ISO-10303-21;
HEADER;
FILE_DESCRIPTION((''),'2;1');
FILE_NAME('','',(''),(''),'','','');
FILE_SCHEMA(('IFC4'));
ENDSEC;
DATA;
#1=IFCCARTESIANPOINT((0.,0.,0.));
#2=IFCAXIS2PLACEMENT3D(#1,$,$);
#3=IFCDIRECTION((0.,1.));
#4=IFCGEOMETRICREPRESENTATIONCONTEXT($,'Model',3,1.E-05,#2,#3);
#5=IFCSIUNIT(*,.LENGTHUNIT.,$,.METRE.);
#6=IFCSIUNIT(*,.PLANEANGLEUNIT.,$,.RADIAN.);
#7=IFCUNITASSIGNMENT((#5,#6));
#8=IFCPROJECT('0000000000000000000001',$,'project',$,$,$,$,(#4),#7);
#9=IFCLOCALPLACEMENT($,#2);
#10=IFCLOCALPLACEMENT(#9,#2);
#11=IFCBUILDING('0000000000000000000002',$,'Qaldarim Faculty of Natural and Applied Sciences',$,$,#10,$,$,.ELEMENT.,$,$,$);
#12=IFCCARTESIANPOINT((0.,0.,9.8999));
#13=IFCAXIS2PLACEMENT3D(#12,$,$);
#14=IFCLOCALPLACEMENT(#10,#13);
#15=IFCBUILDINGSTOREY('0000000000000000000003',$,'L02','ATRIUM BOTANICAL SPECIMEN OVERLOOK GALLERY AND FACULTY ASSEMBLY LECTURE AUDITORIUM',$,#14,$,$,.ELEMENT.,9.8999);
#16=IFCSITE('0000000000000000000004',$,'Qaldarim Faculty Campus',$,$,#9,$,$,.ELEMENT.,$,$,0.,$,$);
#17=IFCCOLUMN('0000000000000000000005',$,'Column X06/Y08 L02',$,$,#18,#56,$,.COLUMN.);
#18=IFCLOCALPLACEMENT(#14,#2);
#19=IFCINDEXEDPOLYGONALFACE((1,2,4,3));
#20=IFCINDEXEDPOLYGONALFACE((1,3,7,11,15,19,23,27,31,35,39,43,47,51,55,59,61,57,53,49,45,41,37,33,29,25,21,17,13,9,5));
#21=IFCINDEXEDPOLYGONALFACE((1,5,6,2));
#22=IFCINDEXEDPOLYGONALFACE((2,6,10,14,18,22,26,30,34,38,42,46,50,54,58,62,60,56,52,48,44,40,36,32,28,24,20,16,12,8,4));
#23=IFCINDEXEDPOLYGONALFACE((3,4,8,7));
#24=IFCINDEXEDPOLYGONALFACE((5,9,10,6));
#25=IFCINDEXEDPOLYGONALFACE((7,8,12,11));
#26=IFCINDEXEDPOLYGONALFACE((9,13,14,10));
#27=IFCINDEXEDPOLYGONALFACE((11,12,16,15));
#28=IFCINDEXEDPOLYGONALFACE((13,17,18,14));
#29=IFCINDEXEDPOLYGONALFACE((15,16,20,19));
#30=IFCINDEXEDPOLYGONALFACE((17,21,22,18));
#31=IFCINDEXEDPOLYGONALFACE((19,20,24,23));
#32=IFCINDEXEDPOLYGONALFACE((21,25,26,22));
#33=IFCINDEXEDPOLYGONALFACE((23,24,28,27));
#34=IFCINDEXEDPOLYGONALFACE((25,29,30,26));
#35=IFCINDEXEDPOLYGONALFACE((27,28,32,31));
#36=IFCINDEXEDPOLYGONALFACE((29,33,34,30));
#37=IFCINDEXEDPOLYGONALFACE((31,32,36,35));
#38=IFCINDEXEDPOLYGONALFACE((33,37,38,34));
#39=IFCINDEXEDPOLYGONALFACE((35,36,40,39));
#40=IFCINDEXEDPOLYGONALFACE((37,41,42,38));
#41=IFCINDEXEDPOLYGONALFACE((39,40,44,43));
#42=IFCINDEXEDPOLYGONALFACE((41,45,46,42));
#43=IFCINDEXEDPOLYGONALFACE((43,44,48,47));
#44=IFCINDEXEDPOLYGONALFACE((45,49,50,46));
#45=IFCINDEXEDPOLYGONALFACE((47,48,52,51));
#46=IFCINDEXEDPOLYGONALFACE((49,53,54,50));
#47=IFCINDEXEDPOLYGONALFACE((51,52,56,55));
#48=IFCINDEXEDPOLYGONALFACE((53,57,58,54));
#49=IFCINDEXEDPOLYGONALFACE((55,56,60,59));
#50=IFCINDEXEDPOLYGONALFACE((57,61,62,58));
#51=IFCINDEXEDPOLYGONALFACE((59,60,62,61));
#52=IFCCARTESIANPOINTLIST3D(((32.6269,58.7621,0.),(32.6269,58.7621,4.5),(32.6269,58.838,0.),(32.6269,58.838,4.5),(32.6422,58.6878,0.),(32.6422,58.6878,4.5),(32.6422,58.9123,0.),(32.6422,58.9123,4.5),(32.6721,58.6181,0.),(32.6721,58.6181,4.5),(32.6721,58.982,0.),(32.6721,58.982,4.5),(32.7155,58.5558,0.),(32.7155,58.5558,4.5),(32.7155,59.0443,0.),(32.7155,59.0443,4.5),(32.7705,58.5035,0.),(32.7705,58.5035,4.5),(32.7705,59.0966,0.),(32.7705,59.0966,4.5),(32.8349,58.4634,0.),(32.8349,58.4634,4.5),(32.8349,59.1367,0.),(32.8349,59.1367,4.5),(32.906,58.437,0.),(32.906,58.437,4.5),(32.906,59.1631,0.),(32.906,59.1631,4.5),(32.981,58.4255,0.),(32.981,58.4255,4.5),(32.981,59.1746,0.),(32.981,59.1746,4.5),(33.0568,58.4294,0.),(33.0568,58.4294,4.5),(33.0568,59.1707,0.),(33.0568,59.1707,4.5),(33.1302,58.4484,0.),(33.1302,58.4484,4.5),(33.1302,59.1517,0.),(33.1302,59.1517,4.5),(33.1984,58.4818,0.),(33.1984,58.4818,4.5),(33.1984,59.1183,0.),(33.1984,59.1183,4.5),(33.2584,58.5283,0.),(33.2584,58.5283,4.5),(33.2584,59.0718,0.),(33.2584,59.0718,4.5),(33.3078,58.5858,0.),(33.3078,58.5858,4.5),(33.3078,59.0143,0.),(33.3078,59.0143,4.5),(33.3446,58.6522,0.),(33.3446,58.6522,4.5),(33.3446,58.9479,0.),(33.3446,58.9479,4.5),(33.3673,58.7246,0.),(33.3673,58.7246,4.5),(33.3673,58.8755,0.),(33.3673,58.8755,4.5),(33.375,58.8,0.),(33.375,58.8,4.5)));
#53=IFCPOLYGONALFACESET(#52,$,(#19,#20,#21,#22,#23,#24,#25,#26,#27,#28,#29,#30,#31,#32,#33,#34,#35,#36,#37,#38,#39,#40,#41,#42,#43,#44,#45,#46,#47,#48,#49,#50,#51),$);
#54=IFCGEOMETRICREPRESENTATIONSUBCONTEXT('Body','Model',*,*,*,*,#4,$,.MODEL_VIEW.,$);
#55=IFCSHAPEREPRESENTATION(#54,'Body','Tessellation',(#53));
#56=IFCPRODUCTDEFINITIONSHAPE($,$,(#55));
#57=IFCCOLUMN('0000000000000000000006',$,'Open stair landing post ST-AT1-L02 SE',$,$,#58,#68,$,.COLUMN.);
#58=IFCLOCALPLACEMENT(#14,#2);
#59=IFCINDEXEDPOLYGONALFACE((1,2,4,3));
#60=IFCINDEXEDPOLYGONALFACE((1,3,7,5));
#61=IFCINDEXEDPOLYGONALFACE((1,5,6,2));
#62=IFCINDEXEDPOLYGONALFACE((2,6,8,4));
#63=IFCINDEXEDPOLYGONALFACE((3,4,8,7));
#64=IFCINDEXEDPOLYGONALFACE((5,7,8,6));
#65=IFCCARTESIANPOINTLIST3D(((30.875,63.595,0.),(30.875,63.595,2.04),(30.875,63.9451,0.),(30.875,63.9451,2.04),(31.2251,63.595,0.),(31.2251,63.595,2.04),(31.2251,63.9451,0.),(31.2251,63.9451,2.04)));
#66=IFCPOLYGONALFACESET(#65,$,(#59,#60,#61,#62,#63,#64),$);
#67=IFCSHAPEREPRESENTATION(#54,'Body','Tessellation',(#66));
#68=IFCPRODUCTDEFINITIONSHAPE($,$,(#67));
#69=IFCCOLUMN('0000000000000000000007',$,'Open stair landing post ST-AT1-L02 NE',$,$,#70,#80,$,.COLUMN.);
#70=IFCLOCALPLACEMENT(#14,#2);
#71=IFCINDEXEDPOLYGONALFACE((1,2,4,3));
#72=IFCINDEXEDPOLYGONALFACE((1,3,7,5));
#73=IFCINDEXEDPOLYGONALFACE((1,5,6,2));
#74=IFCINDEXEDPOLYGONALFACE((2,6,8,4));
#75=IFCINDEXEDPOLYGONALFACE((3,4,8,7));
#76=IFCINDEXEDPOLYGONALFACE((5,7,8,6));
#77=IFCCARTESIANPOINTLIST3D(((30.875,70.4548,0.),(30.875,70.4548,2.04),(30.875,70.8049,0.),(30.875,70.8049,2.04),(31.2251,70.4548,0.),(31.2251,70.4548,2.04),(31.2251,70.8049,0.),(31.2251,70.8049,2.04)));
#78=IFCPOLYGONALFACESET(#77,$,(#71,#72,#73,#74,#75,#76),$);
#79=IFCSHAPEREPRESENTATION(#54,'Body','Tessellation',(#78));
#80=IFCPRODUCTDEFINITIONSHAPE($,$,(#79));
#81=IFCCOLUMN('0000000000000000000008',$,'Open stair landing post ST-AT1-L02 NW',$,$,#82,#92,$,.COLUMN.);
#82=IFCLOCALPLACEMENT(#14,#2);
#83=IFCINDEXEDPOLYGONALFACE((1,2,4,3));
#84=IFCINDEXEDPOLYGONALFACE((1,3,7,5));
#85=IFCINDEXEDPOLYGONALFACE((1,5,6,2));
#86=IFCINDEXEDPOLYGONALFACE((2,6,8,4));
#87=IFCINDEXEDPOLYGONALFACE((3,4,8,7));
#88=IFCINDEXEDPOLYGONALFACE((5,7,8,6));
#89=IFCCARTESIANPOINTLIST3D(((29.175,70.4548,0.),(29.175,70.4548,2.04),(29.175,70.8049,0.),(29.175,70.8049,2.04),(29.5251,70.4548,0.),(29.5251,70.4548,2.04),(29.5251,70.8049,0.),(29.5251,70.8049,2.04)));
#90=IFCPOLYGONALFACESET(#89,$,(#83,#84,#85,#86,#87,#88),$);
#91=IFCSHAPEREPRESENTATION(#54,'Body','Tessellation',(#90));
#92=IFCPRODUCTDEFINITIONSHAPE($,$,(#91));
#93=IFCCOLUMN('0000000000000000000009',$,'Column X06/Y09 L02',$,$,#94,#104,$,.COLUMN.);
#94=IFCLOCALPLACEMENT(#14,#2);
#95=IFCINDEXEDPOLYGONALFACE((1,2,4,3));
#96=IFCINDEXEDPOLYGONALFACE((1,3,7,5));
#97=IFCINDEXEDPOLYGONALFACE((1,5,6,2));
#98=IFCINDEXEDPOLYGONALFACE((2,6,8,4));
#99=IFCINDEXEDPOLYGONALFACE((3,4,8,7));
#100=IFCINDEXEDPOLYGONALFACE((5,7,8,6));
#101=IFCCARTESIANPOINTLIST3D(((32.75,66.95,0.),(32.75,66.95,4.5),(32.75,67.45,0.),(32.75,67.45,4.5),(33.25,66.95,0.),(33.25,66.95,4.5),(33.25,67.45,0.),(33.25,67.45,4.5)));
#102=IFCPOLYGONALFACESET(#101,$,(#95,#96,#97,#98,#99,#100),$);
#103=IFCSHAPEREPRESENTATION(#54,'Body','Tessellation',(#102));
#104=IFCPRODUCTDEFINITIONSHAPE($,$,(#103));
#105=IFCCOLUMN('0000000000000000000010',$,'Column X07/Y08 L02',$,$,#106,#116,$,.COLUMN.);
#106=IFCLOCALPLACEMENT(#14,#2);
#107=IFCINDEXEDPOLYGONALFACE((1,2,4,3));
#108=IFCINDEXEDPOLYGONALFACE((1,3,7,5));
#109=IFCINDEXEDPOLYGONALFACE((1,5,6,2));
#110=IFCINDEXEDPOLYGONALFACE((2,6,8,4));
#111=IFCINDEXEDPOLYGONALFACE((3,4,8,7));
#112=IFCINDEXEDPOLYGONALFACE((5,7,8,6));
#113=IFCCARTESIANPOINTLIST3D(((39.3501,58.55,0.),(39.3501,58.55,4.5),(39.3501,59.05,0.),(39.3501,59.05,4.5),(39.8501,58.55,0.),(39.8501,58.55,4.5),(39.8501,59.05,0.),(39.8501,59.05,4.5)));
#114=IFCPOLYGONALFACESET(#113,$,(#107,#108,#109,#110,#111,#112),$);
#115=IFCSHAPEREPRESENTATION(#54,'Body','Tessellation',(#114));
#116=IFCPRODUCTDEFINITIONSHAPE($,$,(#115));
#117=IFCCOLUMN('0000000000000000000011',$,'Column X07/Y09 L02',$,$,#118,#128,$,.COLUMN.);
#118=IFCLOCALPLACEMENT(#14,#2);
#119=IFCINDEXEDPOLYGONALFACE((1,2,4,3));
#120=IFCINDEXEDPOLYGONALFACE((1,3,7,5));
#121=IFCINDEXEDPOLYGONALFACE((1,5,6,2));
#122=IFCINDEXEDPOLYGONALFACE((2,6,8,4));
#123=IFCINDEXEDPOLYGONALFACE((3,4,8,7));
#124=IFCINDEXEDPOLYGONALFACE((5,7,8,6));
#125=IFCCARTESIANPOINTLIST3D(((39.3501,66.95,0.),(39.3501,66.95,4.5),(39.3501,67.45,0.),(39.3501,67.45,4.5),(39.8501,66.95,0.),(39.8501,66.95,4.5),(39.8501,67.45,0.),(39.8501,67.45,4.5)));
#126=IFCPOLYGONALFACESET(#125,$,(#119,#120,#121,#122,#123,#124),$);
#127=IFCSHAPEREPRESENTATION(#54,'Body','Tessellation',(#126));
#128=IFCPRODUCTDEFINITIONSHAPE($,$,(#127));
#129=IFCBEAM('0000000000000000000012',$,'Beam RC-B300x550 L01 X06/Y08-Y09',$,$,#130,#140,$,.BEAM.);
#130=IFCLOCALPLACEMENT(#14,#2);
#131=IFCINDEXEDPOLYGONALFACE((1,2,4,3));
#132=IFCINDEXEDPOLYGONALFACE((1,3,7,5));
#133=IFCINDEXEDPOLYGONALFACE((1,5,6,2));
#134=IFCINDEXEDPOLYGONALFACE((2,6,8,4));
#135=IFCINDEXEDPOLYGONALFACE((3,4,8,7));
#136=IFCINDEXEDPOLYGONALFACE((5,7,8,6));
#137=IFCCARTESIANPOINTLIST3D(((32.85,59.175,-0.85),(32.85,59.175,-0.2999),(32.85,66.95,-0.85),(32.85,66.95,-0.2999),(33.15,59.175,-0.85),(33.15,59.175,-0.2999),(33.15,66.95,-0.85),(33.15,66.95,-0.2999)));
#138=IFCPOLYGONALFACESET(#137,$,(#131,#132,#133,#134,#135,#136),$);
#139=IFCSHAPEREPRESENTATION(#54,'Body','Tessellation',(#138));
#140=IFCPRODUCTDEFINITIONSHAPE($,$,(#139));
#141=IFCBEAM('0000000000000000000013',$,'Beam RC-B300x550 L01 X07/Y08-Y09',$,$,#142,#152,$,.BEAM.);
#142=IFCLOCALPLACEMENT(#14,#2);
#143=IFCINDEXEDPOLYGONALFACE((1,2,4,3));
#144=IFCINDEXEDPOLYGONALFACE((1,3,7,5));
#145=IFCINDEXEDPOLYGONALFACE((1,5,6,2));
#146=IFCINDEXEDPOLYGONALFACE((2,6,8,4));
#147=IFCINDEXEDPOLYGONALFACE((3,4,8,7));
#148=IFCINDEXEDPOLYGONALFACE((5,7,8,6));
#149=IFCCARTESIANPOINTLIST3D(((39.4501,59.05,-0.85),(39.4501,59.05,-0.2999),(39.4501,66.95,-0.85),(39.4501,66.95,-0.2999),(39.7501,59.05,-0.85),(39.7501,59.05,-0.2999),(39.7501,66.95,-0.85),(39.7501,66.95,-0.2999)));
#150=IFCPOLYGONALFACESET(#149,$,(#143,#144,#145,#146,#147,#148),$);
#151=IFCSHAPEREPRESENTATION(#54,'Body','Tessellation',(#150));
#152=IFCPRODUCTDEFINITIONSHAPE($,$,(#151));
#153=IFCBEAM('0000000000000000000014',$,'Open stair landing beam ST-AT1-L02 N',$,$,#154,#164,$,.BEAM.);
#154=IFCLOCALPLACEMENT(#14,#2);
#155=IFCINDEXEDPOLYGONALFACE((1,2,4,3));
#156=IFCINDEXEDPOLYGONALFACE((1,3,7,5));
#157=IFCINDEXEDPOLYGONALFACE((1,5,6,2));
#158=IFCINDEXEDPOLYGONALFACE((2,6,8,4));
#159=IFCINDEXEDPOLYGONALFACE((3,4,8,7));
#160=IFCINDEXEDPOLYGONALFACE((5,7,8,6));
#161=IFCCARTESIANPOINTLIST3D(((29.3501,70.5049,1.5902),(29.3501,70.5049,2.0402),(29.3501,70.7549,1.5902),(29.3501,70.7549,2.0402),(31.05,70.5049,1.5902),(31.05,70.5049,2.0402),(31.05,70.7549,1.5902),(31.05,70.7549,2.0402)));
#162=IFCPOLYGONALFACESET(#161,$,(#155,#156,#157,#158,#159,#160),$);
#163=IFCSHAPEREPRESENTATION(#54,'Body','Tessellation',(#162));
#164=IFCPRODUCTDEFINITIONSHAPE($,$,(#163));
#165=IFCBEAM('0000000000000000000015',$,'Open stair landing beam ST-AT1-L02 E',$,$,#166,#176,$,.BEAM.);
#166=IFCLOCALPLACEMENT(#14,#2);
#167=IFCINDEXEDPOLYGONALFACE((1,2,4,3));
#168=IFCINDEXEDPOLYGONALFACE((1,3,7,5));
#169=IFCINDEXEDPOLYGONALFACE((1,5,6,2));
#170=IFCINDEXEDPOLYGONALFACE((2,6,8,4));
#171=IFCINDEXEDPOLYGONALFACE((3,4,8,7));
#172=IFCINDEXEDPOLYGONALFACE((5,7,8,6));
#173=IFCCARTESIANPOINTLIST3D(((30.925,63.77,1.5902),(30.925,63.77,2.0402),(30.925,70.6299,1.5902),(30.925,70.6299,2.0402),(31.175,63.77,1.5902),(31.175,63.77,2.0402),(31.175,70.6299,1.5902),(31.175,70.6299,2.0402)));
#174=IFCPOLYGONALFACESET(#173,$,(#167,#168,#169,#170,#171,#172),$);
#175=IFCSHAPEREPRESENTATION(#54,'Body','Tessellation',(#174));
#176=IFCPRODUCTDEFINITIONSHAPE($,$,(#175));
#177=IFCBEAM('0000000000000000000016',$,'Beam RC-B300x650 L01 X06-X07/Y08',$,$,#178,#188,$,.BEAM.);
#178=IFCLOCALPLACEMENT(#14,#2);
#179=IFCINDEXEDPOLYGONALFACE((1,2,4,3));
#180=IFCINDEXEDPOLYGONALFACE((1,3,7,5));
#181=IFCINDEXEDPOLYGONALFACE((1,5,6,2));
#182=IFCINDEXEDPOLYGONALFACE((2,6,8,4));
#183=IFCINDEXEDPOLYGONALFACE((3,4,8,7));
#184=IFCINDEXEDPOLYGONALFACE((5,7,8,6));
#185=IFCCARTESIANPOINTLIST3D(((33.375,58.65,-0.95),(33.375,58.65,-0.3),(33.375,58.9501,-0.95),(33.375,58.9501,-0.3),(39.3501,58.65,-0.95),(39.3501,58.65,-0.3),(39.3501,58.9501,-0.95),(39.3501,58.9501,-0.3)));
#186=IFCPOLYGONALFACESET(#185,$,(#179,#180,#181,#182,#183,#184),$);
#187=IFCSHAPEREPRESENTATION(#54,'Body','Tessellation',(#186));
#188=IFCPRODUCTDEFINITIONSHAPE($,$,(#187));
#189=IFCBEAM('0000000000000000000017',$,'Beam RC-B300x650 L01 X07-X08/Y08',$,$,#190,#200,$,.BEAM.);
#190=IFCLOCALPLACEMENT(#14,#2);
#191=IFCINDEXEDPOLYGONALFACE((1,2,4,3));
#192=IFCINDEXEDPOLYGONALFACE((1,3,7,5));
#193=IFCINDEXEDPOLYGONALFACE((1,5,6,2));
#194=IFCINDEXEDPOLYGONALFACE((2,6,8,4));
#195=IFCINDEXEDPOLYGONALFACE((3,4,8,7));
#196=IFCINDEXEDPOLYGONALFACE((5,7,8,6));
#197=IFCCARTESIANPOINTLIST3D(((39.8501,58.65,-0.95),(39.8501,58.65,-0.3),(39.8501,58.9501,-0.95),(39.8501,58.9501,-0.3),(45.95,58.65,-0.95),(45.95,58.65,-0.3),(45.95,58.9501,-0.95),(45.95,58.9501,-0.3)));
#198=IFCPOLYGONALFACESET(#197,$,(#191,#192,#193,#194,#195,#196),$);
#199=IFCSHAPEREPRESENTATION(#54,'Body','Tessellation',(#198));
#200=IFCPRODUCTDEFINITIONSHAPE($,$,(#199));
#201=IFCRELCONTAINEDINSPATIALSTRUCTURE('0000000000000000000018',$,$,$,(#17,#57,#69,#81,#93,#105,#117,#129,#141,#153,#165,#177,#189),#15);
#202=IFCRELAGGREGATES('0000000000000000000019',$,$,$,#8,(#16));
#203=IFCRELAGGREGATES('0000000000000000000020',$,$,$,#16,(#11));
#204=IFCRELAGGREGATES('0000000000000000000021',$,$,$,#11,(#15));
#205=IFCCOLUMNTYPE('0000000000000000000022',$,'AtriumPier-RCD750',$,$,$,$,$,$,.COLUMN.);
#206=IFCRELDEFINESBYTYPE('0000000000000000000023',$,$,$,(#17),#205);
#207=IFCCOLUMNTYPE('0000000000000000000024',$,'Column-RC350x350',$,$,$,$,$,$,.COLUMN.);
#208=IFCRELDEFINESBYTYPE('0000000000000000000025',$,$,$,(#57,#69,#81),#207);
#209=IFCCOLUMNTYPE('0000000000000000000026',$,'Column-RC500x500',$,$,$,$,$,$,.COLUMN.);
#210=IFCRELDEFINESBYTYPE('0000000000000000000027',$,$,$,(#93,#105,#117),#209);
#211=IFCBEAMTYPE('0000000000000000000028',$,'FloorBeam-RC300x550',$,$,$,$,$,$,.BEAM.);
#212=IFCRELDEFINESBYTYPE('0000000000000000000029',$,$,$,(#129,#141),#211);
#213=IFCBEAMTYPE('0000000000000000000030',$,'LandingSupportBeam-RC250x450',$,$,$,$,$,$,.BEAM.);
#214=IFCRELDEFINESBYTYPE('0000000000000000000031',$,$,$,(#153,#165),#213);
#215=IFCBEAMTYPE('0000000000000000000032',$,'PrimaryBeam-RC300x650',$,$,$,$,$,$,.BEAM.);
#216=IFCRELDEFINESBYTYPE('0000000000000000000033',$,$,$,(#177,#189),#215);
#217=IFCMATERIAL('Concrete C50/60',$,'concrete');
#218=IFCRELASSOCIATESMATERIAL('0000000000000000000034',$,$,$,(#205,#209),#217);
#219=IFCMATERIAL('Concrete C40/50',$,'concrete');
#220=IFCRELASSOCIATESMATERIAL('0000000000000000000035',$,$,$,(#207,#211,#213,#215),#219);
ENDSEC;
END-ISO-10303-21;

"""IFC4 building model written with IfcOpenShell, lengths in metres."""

from ifc_helpers import new_model, si_unit, direction, frame, origin, origin_2d, place, context, subcontext, project, spatial, rectangle, circle, extrude, material, material_profile, profile_set, type_object, element, save


model = new_model("IFC4")

# Units and contexts
model_context = context("Model", 3, precision=1e-05, world=origin(), true_north=direction((0.0, 1.0)))
body_context = subcontext(model_context, "Body", "Model", "MODEL_VIEW")
ifc_project = project(units=[si_unit("LENGTHUNIT", "METRE"), si_unit("PLANEANGLEUNIT", "RADIAN")], contexts=[model_context])

# Site, building, storey
site_placement = place(None, origin())
site = spatial("IfcSite", under=ifc_project, at=site_placement, Name="Qaldarim Faculty Campus", CompositionType="ELEMENT", RefElevation=0.0)
building_placement = place(site_placement, origin())
building = spatial("IfcBuilding", under=site, at=building_placement, Name="Qaldarim Faculty of Natural and Applied Sciences", CompositionType="ELEMENT")
storey_placement = place(building_placement, frame((0.0, 0.0, 9.8999)))
storey = spatial("IfcBuildingStorey", under=building, at=storey_placement, Name="L02", Description="ATRIUM BOTANICAL SPECIMEN OVERLOOK GALLERY AND FACULTY ASSEMBLY LECTURE AUDITORIUM", CompositionType="ELEMENT", Elevation=9.8999)

# Columns
ifc_material_1 = material(Name="Concrete C50/60", Category="concrete")
ifc_material_profile_1 = material_profile(ifc_material_1, circle(Radius=0.375, at=origin_2d()), Name="RC-D750")
ifc_profile_set_1 = profile_set([ifc_material_profile_1], Name="Concrete C50/60")
column_type_1 = type_object("IfcColumnType", Name="AtriumPier-RCD750", PredefinedType="COLUMN", material=ifc_profile_set_1)
column_placement = place(storey_placement, frame((33.0, 58.8, 0.0), z_axis=(0.0, 0.0, 1.0), x_axis=(1.0, 0.0, 0.0)))
element("IfcColumn", 1, at=column_placement, inside=storey, type_object=column_type_1, Name="Column X06/Y08 L02", PredefinedType="COLUMN", context=body_context, shape_type="SweptSolid", body=[
    extrude(circle(Radius=0.375, at=origin_2d()), origin(), (0.0, 0.0, 1.0), 4.5),
])
ifc_material_2 = material(Name="Concrete C40/50", Category="concrete")
ifc_material_profile_2 = material_profile(ifc_material_2, rectangle(XDim=0.3501, YDim=0.3501, at=origin_2d()), Name="RC-C350x350")
ifc_profile_set_2 = profile_set([ifc_material_profile_2], Name="Concrete C40/50")
column_type_2 = type_object("IfcColumnType", Name="Column-RC350x350", PredefinedType="COLUMN", material=ifc_profile_set_2)
for number, where, z_axis, x_axis, name in (
    (2, (31.05, 63.77, 0.0), (0.0, 0.0, 1.0), (1.0, 0.0, 0.0), "Open stair landing post ST-AT1-L02 SE"),
    (3, (31.05, 70.6299, 0.0), (0.0, 0.0, 1.0), (1.0, 0.0, 0.0), "Open stair landing post ST-AT1-L02 NE"),
    (4, (29.3501, 70.6299, 0.0), (0.0, 0.0, 1.0), (1.0, 0.0, 0.0), "Open stair landing post ST-AT1-L02 NW"),
):
    element("IfcColumn", number, at=place(storey_placement, frame(where, z_axis=z_axis, x_axis=x_axis)), inside=storey, type_object=column_type_2, Name=name, PredefinedType="COLUMN", context=body_context, shape_type="SweptSolid", body=[
        extrude(rectangle(XDim=0.3501, YDim=0.3501, at=origin_2d()), origin(), (0.0, 0.0, 1.0), 2.04),
    ])
ifc_material_profile_3 = material_profile(ifc_material_1, rectangle(XDim=0.5, YDim=0.5, at=origin_2d()), Name="RC-C500x500")
ifc_profile_set_3 = profile_set([ifc_material_profile_3], Name="Concrete C50/60")
column_type_3 = type_object("IfcColumnType", Name="Column-RC500x500", PredefinedType="COLUMN", material=ifc_profile_set_3)
for number, where, z_axis, x_axis, name in (
    (5, (33.0, 67.2, 0.0), (0.0, 0.0, 1.0), (1.0, 0.0, 0.0), "Column X06/Y09 L02"),
    (6, (39.6001, 58.8, 0.0), (0.0, 0.0, 1.0), (1.0, 0.0, 0.0), "Column X07/Y08 L02"),
    (7, (39.6001, 67.2, 0.0), (0.0, 0.0, 1.0), (1.0, 0.0, 0.0), "Column X07/Y09 L02"),
):
    element("IfcColumn", number, at=place(storey_placement, frame(where, z_axis=z_axis, x_axis=x_axis)), inside=storey, type_object=column_type_3, Name=name, PredefinedType="COLUMN", context=body_context, shape_type="SweptSolid", body=[
        extrude(rectangle(XDim=0.5, YDim=0.5, at=origin_2d()), origin(), (0.0, 0.0, 1.0), 4.5),
    ])

# Beams
ifc_material_profile_4 = material_profile(ifc_material_2, rectangle(XDim=0.3, YDim=0.55, at=origin_2d()), Name="RC-B300x550")
ifc_profile_set_4 = profile_set([ifc_material_profile_4], Name="Concrete C40/50")
beam_type_1 = type_object("IfcBeamType", Name="FloorBeam-RC300x550", PredefinedType="BEAM", material=ifc_profile_set_4)
beam_1_placement = place(storey_placement, frame((33.0, 59.175, -0.575), z_axis=(0.0, 1.0, 0.0), x_axis=(-1.0, 0.0, 0.0)))
element("IfcBeam", 8, at=beam_1_placement, inside=storey, type_object=beam_type_1, Name="Beam RC-B300x550 L01 X06/Y08-Y09", PredefinedType="BEAM", context=body_context, shape_type="SweptSolid", body=[
    extrude(rectangle(XDim=0.3, YDim=0.55, at=origin_2d()), origin(), (0.0, 0.0, 1.0), 7.7749),
])
beam_2_placement = place(storey_placement, frame((39.6001, 59.05, -0.575), z_axis=(0.0, 1.0, 0.0), x_axis=(-1.0, 0.0, 0.0)))
element("IfcBeam", 9, at=beam_2_placement, inside=storey, type_object=beam_type_1, Name="Beam RC-B300x550 L01 X07/Y08-Y09", PredefinedType="BEAM", context=body_context, shape_type="SweptSolid", body=[
    extrude(rectangle(XDim=0.3, YDim=0.55, at=origin_2d()), origin(), (0.0, 0.0, 1.0), 7.8999),
])
ifc_material_profile_5 = material_profile(ifc_material_2, rectangle(XDim=0.25, YDim=0.45, at=origin_2d()), Name="RC-LN250x450")
ifc_profile_set_5 = profile_set([ifc_material_profile_5], Name="Concrete C40/50")
beam_type_2 = type_object("IfcBeamType", Name="LandingSupportBeam-RC250x450", PredefinedType="BEAM", material=ifc_profile_set_5)
beam_3_placement = place(storey_placement, frame((29.3501, 70.6299, 1.8152), z_axis=(1.0, 0.0, 0.0), x_axis=(0.0, 1.0, 0.0)))
element("IfcBeam", 10, at=beam_3_placement, inside=storey, type_object=beam_type_2, Name="Open stair landing beam ST-AT1-L02 N", PredefinedType="BEAM", context=body_context, shape_type="SweptSolid", body=[
    extrude(rectangle(XDim=0.25, YDim=0.45, at=origin_2d()), origin(), (0.0, 0.0, 1.0), 1.7),
])
beam_4_placement = place(storey_placement, frame((31.05, 63.77, 1.8152), z_axis=(0.0, 1.0, 0.0), x_axis=(-1.0, 0.0, 0.0)))
element("IfcBeam", 11, at=beam_4_placement, inside=storey, type_object=beam_type_2, Name="Open stair landing beam ST-AT1-L02 E", PredefinedType="BEAM", context=body_context, shape_type="SweptSolid", body=[
    extrude(rectangle(XDim=0.25, YDim=0.45, at=origin_2d()), origin(), (0.0, 0.0, 1.0), 6.8599),
])
ifc_material_profile_6 = material_profile(ifc_material_2, rectangle(XDim=0.3, YDim=0.6499, at=origin_2d()), Name="RC-B300x650")
ifc_profile_set_6 = profile_set([ifc_material_profile_6], Name="Concrete C40/50")
beam_type_3 = type_object("IfcBeamType", Name="PrimaryBeam-RC300x650", PredefinedType="BEAM", material=ifc_profile_set_6)
beam_5_placement = place(storey_placement, frame((33.375, 58.8, -0.625), z_axis=(1.0, 0.0, 0.0), x_axis=(0.0, 1.0, 0.0)))
element("IfcBeam", 12, at=beam_5_placement, inside=storey, type_object=beam_type_3, Name="Beam RC-B300x650 L01 X06-X07/Y08", PredefinedType="BEAM", context=body_context, shape_type="SweptSolid", body=[
    extrude(rectangle(XDim=0.3, YDim=0.6499, at=origin_2d()), origin(), (0.0, 0.0, 1.0), 5.9751),
])
beam_6_placement = place(storey_placement, frame((39.8501, 58.8, -0.625), z_axis=(1.0, 0.0, 0.0), x_axis=(0.0, 1.0, 0.0)))
element("IfcBeam", 13, at=beam_6_placement, inside=storey, type_object=beam_type_3, Name="Beam RC-B300x650 L01 X07-X08/Y08", PredefinedType="BEAM", context=body_context, shape_type="SweptSolid", body=[
    extrude(rectangle(XDim=0.3, YDim=0.6499, at=origin_2d()), origin(), (0.0, 0.0, 1.0), 6.0999),
])

save(model, "model.ifc")
